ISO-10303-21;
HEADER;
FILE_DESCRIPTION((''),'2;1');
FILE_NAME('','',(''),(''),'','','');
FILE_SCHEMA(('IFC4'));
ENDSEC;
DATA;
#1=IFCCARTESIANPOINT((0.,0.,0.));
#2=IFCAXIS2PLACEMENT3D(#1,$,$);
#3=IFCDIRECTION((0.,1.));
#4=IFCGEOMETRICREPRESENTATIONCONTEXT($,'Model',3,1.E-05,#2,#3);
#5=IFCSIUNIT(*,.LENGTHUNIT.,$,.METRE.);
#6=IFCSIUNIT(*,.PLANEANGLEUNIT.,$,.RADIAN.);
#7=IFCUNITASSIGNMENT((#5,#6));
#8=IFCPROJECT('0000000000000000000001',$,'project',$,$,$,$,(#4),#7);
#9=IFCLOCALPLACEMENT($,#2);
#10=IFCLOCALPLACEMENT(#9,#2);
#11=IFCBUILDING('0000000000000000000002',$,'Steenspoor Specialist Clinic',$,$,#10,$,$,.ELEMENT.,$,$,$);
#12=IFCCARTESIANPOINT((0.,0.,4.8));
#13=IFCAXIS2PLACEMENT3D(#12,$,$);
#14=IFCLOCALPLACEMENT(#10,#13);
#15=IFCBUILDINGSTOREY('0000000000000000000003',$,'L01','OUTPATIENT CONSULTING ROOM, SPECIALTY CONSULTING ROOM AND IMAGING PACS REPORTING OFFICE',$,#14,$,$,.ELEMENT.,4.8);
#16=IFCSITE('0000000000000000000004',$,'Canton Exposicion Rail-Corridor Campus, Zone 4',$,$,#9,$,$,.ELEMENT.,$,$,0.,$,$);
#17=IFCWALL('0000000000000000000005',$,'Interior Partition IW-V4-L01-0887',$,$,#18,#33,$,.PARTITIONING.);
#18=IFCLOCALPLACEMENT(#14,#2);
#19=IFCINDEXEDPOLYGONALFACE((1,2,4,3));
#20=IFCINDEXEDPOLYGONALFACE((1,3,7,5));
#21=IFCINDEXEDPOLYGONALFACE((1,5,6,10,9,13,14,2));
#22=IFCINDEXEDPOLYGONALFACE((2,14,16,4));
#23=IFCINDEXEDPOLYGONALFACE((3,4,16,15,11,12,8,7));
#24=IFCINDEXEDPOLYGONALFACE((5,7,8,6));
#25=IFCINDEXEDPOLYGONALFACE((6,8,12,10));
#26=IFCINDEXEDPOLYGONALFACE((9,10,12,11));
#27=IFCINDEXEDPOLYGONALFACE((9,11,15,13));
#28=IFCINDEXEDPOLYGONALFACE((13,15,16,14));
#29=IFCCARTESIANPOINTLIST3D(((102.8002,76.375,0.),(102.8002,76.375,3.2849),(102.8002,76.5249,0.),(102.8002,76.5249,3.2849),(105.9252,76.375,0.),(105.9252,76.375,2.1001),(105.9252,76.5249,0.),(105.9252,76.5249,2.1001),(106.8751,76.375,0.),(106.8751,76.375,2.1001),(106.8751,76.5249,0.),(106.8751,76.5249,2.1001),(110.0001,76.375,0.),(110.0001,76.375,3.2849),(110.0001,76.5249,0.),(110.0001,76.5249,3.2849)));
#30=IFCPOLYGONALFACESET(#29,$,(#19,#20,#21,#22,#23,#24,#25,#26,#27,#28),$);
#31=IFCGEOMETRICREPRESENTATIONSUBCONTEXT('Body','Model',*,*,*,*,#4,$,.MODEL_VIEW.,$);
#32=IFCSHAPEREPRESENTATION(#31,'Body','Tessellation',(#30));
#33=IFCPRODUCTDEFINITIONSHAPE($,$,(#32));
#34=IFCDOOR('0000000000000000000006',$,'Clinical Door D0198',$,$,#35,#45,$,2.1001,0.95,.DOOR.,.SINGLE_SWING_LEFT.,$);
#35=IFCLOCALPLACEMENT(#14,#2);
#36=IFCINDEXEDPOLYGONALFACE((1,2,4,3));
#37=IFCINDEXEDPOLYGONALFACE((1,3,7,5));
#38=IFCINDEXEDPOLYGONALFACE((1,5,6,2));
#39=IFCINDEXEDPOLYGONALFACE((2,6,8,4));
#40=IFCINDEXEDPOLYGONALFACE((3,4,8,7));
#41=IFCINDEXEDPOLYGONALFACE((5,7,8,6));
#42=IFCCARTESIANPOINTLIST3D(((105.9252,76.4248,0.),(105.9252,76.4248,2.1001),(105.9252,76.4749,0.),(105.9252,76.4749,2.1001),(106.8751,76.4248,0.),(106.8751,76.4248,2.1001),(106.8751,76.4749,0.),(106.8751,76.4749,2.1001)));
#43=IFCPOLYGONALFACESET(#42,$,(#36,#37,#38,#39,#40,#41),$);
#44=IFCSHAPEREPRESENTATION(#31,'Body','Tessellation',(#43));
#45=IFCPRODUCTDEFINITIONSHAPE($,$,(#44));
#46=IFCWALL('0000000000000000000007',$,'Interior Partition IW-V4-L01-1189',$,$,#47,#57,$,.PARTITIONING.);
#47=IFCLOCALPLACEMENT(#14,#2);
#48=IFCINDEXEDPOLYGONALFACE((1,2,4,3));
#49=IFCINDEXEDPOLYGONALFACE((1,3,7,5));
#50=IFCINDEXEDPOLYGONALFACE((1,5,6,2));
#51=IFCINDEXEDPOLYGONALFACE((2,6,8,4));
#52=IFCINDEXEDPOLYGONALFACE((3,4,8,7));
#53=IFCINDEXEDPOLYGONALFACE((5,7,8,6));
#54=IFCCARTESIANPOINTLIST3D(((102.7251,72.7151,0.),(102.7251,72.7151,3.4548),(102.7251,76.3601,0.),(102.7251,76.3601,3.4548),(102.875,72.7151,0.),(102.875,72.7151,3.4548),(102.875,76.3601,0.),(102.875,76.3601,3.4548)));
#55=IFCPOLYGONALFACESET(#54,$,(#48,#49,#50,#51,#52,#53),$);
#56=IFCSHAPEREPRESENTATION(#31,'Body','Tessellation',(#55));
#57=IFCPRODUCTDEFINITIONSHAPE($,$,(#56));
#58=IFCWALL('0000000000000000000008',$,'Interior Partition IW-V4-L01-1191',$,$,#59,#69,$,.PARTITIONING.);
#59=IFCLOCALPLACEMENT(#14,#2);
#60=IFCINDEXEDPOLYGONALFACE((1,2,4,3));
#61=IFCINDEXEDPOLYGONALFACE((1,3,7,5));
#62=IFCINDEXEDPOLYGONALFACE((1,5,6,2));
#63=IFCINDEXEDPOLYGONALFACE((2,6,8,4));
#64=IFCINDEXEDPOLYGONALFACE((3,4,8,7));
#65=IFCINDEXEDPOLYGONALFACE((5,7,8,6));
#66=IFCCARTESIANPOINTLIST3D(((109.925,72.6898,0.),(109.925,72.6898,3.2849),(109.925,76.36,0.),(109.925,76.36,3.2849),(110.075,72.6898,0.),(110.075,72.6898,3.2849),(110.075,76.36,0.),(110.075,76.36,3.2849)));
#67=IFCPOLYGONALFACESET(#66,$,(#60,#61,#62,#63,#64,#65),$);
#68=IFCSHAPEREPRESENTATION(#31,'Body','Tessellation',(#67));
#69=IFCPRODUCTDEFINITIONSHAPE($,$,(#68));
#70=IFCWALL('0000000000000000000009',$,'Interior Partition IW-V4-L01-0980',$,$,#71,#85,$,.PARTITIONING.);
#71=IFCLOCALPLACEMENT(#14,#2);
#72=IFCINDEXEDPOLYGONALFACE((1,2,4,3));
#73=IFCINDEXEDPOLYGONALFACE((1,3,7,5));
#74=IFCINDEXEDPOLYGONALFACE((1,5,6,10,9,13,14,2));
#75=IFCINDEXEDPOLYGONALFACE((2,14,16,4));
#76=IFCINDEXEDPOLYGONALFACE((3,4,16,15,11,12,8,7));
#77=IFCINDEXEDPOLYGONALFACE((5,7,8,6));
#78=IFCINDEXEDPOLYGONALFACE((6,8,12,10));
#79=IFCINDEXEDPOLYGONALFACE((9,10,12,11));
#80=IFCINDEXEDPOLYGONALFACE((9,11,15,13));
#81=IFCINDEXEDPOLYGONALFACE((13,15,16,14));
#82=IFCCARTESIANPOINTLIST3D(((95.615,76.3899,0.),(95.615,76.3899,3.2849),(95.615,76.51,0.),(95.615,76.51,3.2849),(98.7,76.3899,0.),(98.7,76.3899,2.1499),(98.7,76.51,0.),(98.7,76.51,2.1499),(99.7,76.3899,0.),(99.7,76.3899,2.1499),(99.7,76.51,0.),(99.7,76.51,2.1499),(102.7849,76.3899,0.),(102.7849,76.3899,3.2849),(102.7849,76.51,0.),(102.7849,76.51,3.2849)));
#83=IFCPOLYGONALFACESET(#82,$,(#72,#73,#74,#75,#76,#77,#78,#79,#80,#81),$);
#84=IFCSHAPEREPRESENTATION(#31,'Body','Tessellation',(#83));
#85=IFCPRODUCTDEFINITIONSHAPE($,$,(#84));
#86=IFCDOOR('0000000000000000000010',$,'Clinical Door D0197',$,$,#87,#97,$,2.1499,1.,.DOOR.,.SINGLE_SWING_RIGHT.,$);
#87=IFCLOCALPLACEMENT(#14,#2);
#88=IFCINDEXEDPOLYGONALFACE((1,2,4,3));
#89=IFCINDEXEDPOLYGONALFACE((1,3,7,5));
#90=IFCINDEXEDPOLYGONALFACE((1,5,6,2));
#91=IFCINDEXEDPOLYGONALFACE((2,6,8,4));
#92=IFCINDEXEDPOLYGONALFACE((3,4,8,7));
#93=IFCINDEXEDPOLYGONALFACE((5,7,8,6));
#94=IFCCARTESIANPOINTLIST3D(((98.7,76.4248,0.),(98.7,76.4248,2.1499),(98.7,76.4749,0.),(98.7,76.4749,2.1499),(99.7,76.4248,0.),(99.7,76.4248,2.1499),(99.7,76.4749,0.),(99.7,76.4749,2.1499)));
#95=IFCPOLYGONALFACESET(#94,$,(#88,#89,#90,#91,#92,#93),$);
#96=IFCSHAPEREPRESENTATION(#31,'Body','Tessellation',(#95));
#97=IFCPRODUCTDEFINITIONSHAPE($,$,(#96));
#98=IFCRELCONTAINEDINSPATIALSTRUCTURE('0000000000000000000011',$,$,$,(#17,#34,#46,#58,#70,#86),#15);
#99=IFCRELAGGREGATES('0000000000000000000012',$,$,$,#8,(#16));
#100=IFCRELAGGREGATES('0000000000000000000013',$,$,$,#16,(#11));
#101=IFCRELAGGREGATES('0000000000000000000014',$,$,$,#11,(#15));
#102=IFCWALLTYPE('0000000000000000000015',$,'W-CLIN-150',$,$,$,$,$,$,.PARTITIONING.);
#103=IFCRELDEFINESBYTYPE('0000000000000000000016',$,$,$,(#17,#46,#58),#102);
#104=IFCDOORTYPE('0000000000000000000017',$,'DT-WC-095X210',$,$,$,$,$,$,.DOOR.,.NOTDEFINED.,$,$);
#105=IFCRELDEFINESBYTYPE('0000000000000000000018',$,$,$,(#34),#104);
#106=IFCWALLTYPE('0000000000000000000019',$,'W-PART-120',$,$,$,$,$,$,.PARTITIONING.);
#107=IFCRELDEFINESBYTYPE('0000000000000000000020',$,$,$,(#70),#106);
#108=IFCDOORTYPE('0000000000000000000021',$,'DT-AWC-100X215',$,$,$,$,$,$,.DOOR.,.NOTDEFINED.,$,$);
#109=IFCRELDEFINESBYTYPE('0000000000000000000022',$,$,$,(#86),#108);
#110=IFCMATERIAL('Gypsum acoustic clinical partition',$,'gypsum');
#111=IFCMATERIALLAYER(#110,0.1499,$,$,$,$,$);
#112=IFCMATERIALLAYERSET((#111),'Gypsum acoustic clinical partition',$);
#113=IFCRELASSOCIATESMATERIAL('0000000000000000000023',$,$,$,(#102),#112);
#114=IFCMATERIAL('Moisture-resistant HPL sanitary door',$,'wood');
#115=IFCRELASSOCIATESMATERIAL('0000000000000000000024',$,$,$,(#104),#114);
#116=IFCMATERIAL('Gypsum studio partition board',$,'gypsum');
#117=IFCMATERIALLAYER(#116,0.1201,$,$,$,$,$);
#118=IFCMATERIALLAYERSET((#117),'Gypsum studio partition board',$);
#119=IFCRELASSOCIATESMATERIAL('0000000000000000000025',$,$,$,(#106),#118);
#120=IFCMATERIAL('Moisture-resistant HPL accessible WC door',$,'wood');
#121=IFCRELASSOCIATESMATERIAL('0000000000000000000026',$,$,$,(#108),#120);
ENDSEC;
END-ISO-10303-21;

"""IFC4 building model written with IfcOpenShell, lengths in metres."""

from ifc_helpers import new_model, si_unit, direction, frame, frame_2d, origin, place, context, subcontext, project, spatial, rectangle, extrude, material, layer, layer_set, type_object, element, fill, save


model = new_model("IFC4")

# Units and contexts
model_context = context("Model", 3, precision=1e-05, world=origin(), true_north=direction((0.0, 1.0)))
body_context = subcontext(model_context, "Body", "Model", "MODEL_VIEW")
ifc_project = project(units=[si_unit("LENGTHUNIT", "METRE"), si_unit("PLANEANGLEUNIT", "RADIAN")], contexts=[model_context])

# Site, building, storey
site_placement = place(None, origin())
site = spatial("IfcSite", under=ifc_project, at=site_placement, Name="Canton Exposicion Rail-Corridor Campus, Zone 4", CompositionType="ELEMENT", RefElevation=0.0)
building_placement = place(site_placement, origin())
building = spatial("IfcBuilding", under=site, at=building_placement, Name="Steenspoor Specialist Clinic", CompositionType="ELEMENT")
storey_placement = place(building_placement, frame((0.0, 0.0, 4.8)))
storey = spatial("IfcBuildingStorey", under=building, at=storey_placement, Name="L01", Description="OUTPATIENT CONSULTING ROOM, SPECIALTY CONSULTING ROOM AND IMAGING PACS REPORTING OFFICE", CompositionType="ELEMENT", Elevation=4.8)

# Wall, opening, door
ifc_material_1 = material(Name="Gypsum acoustic clinical partition", Category="gypsum")
ifc_layer_1 = layer(ifc_material_1, 0.1499)
ifc_layer_set_1 = layer_set([ifc_layer_1], Name="Gypsum acoustic clinical partition")
wall_type_1 = type_object("IfcWallType", Name="W-CLIN-150", PredefinedType="PARTITIONING", material=ifc_layer_set_1)
wall_1_placement = place(storey_placement, frame((102.8, 76.45, 0.0), z_axis=(0.0, 0.0, 1.0), x_axis=(1.0, 0.0, 0.0)))
wall_1 = element("IfcWall", 1, at=wall_1_placement, inside=storey, type_object=wall_type_1, Name="Interior Partition IW-V4-L01-0887", PredefinedType="PARTITIONING", context=body_context, shape_type="SweptSolid", body=[
    extrude(rectangle(XDim=7.2, YDim=0.1499, at=frame_2d((3.6001, 0.0))), origin(), (0.0, 0.0, 1.0), 3.2849),
])
opening_1_placement = place(wall_1_placement, frame((3.125, 0.0, 0.0)))
opening_1 = element("IfcOpeningElement", 2, at=opening_1_placement, cuts=wall_1, PredefinedType="OPENING", context=body_context, shape_type="SweptSolid", body=[
    extrude(rectangle(XDim=0.95, YDim=2.1001, at=frame_2d((0.4751, 1.05))), frame((0.0, 0.085, 0.0), z_axis=(0.0, -1.0, 0.0), x_axis=(1.0, 0.0, 0.0)), (0.0, 0.0, 1.0), 0.1699),
])
ifc_material_2 = material(Name="Moisture-resistant HPL sanitary door", Category="wood")
door_type_1 = type_object("IfcDoorType", Name="DT-WC-095X210", OperationType="NOTDEFINED", PredefinedType="DOOR", material=ifc_material_2)
door_1_placement = place(opening_1_placement, origin())
door_1 = element("IfcDoor", 3, at=door_1_placement, inside=storey, type_object=door_type_1, Name="Clinical Door D0198", OperationType="SINGLE_SWING_LEFT", OverallHeight=2.1001, OverallWidth=0.95, PredefinedType="DOOR", context=body_context, shape_type="SweptSolid", body=[
    extrude(rectangle(XDim=0.95, YDim=2.1001, at=frame_2d((0.4751, 1.05))), frame((0.0, 0.0249, 0.0), z_axis=(0.0, -1.0, 0.0), x_axis=(1.0, 0.0, 0.0)), (0.0, 0.0, 1.0), 0.05),
])
fill(opening_1, door_1)

# Walls
wall_2_placement = place(storey_placement, frame((102.8, 72.7151, 0.0), z_axis=(0.0, 0.0, 1.0), x_axis=(0.0, 1.0, 0.0)))
element("IfcWall", 4, at=wall_2_placement, inside=storey, type_object=wall_type_1, Name="Interior Partition IW-V4-L01-1189", PredefinedType="PARTITIONING", context=body_context, shape_type="SweptSolid", body=[
    extrude(rectangle(XDim=3.645, YDim=0.1499, at=frame_2d((1.8225, 0.0))), origin(), (0.0, 0.0, 1.0), 3.4548),
])
wall_3_placement = place(storey_placement, frame((110.0, 72.6899, 0.0), z_axis=(0.0, 0.0, 1.0), x_axis=(0.0, 1.0, 0.0)))
element("IfcWall", 5, at=wall_3_placement, inside=storey, type_object=wall_type_1, Name="Interior Partition IW-V4-L01-1191", PredefinedType="PARTITIONING", context=body_context, shape_type="SweptSolid", body=[
    extrude(rectangle(XDim=3.6702, YDim=0.1499, at=frame_2d((1.835, 0.0))), origin(), (0.0, 0.0, 1.0), 3.2849),
])

# Wall, opening, door
ifc_material_3 = material(Name="Gypsum studio partition board", Category="gypsum")
ifc_layer_2 = layer(ifc_material_3, 0.1201)
ifc_layer_set_2 = layer_set([ifc_layer_2], Name="Gypsum studio partition board")
wall_type_2 = type_object("IfcWallType", Name="W-PART-120", PredefinedType="PARTITIONING", material=ifc_layer_set_2)
wall_4_placement = place(storey_placement, frame((95.615, 76.45, 0.0), z_axis=(0.0, 0.0, 1.0), x_axis=(1.0, 0.0, 0.0)))
wall_4 = element("IfcWall", 6, at=wall_4_placement, inside=storey, type_object=wall_type_2, Name="Interior Partition IW-V4-L01-0980", PredefinedType="PARTITIONING", context=body_context, shape_type="SweptSolid", body=[
    extrude(rectangle(XDim=7.1699, YDim=0.1201, at=frame_2d((3.585, 0.0))), origin(), (0.0, 0.0, 1.0), 3.2849),
])
opening_2_placement = place(wall_4_placement, frame((3.085, 0.0, 0.0)))
opening_2 = element("IfcOpeningElement", 7, at=opening_2_placement, cuts=wall_4, PredefinedType="OPENING", context=body_context, shape_type="SweptSolid", body=[
    extrude(rectangle(XDim=1.0, YDim=2.1499, at=frame_2d((0.5, 1.075))), frame((0.0, 0.0701, 0.0), z_axis=(0.0, -1.0, 0.0), x_axis=(1.0, 0.0, 0.0)), (0.0, 0.0, 1.0), 0.1401),
])
ifc_material_4 = material(Name="Moisture-resistant HPL accessible WC door", Category="wood")
door_type_2 = type_object("IfcDoorType", Name="DT-AWC-100X215", OperationType="NOTDEFINED", PredefinedType="DOOR", material=ifc_material_4)
door_2_placement = place(opening_2_placement, origin())
door_2 = element("IfcDoor", 8, at=door_2_placement, inside=storey, type_object=door_type_2, Name="Clinical Door D0197", OperationType="SINGLE_SWING_RIGHT", OverallHeight=2.1499, OverallWidth=1.0, PredefinedType="DOOR", context=body_context, shape_type="SweptSolid", body=[
    extrude(rectangle(XDim=1.0, YDim=2.1499, at=frame_2d((0.5, 1.075))), frame((0.0, 0.0249, 0.0), z_axis=(0.0, -1.0, 0.0), x_axis=(1.0, 0.0, 0.0)), (0.0, 0.0, 1.0), 0.05),
])
fill(opening_2, door_2)

save(model, "model.ifc")
